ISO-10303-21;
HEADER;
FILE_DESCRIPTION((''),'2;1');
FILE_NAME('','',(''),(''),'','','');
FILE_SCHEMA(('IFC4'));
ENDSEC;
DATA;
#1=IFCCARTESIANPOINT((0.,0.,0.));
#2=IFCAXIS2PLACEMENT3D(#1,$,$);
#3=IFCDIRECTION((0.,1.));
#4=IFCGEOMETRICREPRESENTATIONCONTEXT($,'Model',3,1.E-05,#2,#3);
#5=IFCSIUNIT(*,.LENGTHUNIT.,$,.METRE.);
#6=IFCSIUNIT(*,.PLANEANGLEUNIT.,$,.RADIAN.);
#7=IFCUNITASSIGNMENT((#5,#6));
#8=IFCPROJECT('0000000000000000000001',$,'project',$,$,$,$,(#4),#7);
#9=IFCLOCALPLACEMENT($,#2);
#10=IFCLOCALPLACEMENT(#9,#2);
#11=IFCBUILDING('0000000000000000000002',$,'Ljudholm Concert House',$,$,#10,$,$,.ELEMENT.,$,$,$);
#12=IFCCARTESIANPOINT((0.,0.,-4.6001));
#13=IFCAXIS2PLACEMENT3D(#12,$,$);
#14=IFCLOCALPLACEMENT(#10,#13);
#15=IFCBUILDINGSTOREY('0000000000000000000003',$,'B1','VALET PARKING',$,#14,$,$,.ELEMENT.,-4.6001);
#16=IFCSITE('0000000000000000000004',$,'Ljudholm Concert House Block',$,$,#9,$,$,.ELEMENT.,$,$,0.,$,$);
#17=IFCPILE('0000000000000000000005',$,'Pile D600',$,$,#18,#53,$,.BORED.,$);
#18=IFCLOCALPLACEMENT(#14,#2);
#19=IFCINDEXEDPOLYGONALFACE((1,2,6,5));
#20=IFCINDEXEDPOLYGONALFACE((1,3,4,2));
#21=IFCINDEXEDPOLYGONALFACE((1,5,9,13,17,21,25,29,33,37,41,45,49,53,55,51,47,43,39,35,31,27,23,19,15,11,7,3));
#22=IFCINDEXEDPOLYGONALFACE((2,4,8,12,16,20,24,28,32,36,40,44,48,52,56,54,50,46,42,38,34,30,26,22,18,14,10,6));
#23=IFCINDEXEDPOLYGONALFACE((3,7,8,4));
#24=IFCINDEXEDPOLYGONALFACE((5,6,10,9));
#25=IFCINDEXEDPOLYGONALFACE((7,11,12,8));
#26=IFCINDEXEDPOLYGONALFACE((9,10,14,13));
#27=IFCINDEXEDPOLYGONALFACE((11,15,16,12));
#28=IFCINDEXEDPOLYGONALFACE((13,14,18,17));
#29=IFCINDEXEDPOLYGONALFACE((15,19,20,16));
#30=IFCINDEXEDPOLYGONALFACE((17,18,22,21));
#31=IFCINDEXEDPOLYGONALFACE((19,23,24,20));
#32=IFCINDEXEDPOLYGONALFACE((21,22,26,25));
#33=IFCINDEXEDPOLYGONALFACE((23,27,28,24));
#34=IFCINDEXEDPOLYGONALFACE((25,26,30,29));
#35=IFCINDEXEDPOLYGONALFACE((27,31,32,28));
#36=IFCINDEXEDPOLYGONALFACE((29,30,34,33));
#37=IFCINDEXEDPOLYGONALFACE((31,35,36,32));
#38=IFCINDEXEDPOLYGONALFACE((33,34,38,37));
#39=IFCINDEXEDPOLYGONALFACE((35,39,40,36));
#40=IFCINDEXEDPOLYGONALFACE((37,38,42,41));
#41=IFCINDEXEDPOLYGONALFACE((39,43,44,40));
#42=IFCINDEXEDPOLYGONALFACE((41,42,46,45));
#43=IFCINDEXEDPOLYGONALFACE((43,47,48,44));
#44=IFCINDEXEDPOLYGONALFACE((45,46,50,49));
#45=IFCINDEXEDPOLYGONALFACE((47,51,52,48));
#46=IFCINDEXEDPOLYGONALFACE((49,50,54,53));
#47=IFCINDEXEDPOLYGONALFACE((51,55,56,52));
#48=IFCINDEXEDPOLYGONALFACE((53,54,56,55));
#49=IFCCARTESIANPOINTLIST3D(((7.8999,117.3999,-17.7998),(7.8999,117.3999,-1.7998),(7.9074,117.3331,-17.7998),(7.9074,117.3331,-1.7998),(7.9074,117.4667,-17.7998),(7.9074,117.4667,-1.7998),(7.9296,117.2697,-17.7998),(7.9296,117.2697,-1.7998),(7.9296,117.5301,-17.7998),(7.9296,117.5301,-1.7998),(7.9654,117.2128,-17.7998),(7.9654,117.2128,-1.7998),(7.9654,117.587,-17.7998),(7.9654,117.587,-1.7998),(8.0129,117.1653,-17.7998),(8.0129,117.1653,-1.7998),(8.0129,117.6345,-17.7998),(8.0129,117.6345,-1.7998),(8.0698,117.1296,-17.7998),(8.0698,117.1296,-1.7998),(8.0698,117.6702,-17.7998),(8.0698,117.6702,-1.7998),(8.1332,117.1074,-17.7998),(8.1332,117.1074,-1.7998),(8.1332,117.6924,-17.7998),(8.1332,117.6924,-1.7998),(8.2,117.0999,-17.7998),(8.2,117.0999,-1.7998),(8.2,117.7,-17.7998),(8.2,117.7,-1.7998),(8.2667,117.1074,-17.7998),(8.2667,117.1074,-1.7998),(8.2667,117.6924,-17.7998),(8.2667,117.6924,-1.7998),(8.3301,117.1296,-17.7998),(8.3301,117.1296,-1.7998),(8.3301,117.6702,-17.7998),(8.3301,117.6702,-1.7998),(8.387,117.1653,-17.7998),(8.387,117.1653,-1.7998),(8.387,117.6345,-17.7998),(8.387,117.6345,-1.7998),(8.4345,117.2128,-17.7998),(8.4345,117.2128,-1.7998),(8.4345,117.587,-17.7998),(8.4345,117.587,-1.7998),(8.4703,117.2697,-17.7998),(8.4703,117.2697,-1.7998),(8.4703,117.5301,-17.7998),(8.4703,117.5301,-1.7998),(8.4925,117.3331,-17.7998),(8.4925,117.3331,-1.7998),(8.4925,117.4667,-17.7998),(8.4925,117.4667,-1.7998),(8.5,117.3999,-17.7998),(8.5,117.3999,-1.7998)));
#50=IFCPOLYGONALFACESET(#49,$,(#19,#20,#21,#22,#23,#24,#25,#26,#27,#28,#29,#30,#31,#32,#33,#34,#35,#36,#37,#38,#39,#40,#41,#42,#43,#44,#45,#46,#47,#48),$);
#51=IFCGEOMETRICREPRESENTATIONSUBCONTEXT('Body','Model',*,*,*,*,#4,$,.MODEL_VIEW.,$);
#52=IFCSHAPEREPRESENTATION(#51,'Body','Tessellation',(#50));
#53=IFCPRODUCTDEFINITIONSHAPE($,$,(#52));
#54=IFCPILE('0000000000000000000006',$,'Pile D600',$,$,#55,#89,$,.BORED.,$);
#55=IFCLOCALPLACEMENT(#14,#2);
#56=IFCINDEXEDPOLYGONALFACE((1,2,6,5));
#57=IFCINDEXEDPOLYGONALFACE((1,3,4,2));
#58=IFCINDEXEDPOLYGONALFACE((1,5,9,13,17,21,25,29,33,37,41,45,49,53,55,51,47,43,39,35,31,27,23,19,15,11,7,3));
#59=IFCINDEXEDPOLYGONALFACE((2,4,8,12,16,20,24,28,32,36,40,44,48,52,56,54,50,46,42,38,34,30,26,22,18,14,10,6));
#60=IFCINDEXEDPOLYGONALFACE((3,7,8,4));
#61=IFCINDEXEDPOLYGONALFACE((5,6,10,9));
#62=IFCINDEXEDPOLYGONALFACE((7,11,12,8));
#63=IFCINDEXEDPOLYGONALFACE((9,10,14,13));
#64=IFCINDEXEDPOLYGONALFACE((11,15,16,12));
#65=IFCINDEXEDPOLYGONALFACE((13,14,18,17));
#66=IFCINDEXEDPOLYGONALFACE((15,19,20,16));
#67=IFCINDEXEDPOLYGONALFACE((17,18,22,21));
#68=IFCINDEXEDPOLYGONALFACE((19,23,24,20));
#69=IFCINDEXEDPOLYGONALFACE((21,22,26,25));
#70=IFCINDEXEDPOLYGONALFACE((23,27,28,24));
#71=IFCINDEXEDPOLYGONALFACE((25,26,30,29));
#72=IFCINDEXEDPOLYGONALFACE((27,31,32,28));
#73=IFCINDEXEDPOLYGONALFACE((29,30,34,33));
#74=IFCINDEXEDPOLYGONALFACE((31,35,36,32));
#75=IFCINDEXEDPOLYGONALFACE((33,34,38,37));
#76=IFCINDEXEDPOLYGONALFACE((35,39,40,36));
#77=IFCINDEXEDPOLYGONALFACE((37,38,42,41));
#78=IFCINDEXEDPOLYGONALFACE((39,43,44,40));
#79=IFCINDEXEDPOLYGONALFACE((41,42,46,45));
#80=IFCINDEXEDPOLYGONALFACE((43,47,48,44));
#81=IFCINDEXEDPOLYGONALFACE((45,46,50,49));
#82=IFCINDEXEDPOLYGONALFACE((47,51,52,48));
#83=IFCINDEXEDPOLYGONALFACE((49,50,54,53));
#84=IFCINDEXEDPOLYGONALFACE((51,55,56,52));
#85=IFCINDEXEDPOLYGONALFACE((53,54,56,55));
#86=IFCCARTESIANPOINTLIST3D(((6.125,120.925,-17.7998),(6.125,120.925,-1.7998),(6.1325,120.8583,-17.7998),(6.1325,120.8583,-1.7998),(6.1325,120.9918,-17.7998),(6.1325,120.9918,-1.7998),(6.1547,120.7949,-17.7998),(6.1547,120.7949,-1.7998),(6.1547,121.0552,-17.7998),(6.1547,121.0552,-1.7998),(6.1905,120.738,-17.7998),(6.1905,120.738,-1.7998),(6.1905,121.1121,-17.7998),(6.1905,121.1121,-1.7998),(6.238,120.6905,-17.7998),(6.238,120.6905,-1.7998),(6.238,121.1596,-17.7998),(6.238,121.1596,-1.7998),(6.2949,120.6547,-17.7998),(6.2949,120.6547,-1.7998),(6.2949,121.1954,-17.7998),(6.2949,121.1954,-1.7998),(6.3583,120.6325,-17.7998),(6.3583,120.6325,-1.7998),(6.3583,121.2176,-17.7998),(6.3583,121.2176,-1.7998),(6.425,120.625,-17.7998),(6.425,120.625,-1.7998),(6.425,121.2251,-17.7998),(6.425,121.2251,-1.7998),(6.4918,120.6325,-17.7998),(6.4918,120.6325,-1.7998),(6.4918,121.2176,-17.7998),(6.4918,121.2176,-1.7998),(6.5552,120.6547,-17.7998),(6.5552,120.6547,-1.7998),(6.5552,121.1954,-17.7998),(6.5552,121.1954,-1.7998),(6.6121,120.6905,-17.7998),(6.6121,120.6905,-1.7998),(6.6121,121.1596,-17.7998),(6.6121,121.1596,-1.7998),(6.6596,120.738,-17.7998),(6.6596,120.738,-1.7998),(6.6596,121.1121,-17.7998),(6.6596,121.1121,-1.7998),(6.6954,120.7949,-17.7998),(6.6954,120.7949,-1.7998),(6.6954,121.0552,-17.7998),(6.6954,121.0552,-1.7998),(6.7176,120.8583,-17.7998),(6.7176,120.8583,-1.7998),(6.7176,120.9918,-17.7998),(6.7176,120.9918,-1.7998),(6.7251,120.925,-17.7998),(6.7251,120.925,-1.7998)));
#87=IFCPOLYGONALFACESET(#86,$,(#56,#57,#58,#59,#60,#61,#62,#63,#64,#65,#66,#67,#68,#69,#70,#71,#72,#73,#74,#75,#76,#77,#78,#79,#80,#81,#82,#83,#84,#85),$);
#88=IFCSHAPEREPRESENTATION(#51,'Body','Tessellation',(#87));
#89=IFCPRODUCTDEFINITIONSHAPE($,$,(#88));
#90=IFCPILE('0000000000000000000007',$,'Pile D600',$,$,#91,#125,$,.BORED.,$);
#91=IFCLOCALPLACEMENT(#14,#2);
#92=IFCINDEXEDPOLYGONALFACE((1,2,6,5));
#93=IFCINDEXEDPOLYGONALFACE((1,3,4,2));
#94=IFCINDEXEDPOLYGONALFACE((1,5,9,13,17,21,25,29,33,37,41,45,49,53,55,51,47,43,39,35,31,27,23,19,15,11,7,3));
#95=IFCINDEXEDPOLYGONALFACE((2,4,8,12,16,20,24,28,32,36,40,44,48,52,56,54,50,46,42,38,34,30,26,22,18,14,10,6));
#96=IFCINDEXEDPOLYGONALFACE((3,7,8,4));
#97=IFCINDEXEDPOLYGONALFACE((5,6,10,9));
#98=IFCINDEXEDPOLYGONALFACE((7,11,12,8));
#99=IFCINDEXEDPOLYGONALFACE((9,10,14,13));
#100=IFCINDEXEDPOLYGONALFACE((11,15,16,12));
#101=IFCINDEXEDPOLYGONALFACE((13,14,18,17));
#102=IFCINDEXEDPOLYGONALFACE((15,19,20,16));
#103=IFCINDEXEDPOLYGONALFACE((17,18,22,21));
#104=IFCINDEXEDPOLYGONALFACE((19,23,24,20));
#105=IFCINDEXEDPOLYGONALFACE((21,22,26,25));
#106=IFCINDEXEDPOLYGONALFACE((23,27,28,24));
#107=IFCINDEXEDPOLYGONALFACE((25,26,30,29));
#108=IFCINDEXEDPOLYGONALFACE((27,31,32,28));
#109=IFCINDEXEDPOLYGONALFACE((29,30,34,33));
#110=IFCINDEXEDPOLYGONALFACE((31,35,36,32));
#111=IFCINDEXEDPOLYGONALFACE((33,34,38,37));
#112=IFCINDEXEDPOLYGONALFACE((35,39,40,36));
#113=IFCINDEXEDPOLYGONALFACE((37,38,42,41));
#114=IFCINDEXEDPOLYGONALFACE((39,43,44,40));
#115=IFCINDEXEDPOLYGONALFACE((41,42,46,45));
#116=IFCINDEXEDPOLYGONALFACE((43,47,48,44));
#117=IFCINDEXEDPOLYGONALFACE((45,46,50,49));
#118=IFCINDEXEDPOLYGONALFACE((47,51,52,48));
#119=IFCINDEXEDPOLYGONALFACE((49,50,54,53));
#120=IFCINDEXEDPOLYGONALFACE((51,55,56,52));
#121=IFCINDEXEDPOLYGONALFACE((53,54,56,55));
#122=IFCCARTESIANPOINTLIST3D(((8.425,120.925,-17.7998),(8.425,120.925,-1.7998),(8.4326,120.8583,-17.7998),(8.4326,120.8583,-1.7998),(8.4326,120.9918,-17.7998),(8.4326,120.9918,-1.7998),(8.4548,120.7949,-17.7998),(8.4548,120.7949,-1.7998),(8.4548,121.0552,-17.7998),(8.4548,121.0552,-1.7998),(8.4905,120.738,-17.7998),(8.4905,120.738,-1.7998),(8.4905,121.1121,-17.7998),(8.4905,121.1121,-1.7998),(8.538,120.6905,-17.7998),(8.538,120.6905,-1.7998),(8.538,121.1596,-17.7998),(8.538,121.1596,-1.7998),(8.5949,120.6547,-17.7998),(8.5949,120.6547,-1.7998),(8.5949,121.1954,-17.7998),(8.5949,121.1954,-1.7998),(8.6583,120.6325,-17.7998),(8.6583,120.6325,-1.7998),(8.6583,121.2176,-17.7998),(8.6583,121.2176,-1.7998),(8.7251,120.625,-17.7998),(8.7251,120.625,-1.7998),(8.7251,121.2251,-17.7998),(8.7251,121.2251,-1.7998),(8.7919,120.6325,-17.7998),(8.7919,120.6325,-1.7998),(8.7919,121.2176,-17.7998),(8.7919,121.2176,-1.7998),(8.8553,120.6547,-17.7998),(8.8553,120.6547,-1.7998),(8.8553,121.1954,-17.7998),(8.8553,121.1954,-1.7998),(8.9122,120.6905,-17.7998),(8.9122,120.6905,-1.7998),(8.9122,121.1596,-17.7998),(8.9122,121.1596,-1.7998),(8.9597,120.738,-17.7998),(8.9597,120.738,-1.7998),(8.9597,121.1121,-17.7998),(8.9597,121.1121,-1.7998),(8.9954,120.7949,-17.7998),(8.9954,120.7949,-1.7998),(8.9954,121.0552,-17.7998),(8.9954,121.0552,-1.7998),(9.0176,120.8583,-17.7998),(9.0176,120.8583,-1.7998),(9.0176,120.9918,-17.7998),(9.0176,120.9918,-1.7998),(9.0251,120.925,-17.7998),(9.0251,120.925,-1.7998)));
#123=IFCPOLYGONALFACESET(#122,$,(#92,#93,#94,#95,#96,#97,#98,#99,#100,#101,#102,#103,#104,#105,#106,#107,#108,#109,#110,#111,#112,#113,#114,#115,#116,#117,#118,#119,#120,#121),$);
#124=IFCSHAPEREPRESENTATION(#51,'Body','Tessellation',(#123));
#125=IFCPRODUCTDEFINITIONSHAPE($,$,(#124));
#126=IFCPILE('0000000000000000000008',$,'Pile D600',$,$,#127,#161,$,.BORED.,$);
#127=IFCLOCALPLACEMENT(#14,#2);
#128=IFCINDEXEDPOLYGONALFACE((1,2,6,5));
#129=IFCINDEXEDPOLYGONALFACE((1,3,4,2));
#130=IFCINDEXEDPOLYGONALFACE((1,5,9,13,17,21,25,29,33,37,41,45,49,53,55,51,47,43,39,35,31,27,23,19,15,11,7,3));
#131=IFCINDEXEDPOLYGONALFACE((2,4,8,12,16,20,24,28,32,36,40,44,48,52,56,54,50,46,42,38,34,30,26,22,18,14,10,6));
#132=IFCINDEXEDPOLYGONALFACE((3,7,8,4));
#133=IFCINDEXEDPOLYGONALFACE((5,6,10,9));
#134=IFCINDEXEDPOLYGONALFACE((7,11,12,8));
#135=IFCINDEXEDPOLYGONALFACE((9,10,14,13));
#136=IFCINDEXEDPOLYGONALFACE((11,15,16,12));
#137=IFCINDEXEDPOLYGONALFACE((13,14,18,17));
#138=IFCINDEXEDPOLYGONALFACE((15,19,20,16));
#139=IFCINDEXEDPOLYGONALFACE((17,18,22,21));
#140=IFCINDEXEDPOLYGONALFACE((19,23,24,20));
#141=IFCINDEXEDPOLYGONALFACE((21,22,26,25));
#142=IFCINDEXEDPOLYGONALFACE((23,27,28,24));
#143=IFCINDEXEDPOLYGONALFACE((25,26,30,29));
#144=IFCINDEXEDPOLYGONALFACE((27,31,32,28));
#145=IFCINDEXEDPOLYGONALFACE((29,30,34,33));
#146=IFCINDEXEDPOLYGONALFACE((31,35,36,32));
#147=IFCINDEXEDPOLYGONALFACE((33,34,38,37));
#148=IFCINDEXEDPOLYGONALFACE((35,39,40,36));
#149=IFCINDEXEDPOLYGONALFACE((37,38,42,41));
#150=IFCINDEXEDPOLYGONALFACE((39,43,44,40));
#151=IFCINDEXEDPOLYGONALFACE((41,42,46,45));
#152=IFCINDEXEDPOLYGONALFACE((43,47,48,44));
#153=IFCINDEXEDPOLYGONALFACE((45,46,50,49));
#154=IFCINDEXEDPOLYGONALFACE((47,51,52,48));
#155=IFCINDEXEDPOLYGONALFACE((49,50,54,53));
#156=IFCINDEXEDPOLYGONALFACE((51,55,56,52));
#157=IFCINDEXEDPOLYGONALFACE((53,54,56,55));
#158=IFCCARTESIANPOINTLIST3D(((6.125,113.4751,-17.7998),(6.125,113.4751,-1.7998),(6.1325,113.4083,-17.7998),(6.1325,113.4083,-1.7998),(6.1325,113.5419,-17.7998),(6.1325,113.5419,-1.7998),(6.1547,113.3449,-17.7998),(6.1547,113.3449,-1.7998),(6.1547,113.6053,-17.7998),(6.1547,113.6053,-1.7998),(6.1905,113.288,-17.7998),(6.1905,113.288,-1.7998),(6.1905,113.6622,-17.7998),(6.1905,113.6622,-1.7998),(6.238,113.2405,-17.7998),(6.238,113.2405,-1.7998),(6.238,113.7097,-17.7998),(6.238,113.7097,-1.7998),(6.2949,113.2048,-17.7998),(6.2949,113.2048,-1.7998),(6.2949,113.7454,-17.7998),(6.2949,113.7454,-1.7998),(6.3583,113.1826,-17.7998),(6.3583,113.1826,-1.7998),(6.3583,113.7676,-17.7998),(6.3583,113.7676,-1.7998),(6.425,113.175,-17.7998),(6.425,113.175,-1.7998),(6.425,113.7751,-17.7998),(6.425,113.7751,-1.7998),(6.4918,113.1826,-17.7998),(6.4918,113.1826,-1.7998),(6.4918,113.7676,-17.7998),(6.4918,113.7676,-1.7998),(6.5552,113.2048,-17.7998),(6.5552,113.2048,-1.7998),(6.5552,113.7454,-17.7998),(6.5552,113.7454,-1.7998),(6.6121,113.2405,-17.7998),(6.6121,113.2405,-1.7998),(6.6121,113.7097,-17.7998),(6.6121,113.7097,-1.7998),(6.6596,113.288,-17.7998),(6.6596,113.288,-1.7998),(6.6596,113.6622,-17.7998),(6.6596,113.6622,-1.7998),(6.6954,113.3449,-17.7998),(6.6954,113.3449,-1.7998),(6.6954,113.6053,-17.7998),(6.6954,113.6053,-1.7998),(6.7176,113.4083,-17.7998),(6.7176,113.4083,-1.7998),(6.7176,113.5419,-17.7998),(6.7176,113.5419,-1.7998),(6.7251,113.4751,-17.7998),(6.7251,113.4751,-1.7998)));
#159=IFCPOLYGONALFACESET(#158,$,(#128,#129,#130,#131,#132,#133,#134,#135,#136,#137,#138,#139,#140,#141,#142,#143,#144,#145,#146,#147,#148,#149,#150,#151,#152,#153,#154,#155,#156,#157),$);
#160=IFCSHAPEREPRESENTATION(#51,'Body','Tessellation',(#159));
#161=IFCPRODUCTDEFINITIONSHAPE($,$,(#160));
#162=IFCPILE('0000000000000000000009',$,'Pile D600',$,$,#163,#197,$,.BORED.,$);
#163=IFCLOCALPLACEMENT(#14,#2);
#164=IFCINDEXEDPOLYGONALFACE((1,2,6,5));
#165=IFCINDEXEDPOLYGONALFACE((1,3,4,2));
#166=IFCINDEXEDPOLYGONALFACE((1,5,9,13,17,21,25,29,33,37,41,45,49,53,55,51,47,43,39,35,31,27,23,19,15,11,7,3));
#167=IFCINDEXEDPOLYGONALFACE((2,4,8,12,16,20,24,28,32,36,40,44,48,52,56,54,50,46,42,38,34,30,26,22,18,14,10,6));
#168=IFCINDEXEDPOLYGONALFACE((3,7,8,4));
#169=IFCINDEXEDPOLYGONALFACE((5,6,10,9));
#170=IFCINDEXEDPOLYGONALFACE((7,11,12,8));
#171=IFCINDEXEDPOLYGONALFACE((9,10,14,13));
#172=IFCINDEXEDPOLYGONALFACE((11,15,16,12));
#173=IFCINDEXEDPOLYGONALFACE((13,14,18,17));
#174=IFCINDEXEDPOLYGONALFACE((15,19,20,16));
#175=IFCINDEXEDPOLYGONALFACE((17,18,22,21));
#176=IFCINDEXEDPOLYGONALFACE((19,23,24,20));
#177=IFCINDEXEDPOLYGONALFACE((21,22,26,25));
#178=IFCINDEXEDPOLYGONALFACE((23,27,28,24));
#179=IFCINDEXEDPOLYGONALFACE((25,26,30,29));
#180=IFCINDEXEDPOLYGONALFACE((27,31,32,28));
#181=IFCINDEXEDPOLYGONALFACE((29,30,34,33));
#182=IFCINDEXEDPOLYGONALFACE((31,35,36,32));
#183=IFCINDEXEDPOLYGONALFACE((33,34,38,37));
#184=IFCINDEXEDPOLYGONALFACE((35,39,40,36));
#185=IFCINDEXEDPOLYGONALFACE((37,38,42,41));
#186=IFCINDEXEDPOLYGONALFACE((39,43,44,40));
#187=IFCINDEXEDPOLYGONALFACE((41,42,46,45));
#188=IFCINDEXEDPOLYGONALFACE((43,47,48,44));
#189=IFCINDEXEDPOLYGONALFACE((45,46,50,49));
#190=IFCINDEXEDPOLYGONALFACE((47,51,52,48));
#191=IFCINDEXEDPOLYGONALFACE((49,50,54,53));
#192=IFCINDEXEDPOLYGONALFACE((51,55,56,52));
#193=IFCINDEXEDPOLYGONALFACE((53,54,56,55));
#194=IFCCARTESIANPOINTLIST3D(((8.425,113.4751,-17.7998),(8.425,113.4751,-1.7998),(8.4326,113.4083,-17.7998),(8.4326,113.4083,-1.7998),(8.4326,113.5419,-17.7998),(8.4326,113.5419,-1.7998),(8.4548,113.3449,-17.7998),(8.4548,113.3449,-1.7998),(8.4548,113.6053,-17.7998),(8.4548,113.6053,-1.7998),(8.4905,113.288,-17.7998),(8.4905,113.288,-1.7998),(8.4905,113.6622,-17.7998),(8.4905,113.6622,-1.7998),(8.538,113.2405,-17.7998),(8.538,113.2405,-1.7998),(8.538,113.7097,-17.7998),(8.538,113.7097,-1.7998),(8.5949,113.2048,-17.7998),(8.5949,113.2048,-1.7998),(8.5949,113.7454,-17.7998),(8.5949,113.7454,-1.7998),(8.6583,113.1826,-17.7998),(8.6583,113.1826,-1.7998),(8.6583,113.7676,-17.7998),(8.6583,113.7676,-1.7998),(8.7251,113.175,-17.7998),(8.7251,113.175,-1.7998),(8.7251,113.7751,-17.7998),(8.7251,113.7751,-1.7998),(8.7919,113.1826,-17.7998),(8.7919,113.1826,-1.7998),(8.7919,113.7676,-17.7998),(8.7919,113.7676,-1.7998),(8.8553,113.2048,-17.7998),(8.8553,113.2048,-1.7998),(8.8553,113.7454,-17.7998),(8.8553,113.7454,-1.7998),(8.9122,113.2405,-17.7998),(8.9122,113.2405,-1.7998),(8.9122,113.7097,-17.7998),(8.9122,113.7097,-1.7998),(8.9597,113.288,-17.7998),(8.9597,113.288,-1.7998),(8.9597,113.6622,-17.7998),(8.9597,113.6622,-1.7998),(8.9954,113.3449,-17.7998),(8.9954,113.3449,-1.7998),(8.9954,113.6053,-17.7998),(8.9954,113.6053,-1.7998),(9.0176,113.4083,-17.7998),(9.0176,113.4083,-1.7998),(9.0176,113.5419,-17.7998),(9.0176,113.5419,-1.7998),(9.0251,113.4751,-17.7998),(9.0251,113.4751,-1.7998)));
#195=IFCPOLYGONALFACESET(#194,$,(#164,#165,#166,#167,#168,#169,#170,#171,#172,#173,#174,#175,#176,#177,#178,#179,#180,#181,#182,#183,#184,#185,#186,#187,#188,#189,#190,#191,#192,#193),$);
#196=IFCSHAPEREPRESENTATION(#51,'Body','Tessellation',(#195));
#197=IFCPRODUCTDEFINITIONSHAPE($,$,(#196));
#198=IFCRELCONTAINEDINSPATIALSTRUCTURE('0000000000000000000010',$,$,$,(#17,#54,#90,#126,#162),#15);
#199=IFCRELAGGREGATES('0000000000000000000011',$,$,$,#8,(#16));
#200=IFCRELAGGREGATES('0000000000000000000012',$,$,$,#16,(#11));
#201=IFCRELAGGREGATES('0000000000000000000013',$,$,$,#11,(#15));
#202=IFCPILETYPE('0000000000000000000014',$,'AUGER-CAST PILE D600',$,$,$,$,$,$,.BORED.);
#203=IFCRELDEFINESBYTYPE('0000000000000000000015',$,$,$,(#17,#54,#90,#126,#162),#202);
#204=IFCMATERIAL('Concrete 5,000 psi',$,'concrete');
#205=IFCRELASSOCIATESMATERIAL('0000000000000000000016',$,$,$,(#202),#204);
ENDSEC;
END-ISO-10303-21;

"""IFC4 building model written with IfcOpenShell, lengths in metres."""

from ifc_helpers import new_model, si_unit, direction, frame, origin, origin_2d, place, context, subcontext, project, spatial, circle, extrude, material, material_profile, profile_set, type_object, element, save


model = new_model("IFC4")

# Units and contexts
model_context = context("Model", 3, precision=1e-05, world=origin(), true_north=direction((0.0, 1.0)))
body_context = subcontext(model_context, "Body", "Model", "MODEL_VIEW")
ifc_project = project(units=[si_unit("LENGTHUNIT", "METRE"), si_unit("PLANEANGLEUNIT", "RADIAN")], contexts=[model_context])

# Site, building, storey
site_placement = place(None, origin())
site = spatial("IfcSite", under=ifc_project, at=site_placement, Name="Ljudholm Concert House Block", CompositionType="ELEMENT", RefElevation=0.0)
building_placement = place(site_placement, origin())
building = spatial("IfcBuilding", under=site, at=building_placement, Name="Ljudholm Concert House", CompositionType="ELEMENT")
storey_placement = place(building_placement, frame((0.0, 0.0, -4.6001)))
storey = spatial("IfcBuildingStorey", under=building, at=storey_placement, Name="B1", Description="VALET PARKING", CompositionType="ELEMENT", Elevation=-4.6001)

# Piles
ifc_material_1 = material(Name="Concrete 5,000 psi", Category="concrete")
ifc_material_profile_1 = material_profile(ifc_material_1, circle(Radius=0.3, at=origin_2d()), Name="AUGER-CAST PILE D600")
ifc_profile_set_1 = profile_set([ifc_material_profile_1], Name="Concrete 5,000 psi")
pile_type = type_object("IfcPileType", Name="AUGER-CAST PILE D600", PredefinedType="BORED", material=ifc_profile_set_1)
for number, where, z_axis, x_axis, name in (
    (1, (8.2, 117.3999, -1.7998), (0.0, 0.0, -1.0), (1.0, 0.0, 0.0), "Pile D600"),
    (2, (6.425, 120.925, -1.7998), (0.0, 0.0, -1.0), (1.0, 0.0, 0.0), "Pile D600"),
    (3, (8.7251, 120.925, -1.7998), (0.0, 0.0, -1.0), (1.0, 0.0, 0.0), "Pile D600"),
    (4, (6.425, 113.4751, -1.7998), (0.0, 0.0, -1.0), (1.0, 0.0, 0.0), "Pile D600"),
    (5, (8.7251, 113.4751, -1.7998), (0.0, 0.0, -1.0), (1.0, 0.0, 0.0), "Pile D600"),
):
    element("IfcPile", number, at=place(storey_placement, frame(where, z_axis=z_axis, x_axis=x_axis)), inside=storey, type_object=pile_type, Name=name, PredefinedType="BORED", context=body_context, shape_type="SweptSolid", body=[
        extrude(circle(Radius=0.3, at=origin_2d()), origin(), (0.0, 0.0, 1.0), 16.0),
    ])

save(model, "model.ifc")
